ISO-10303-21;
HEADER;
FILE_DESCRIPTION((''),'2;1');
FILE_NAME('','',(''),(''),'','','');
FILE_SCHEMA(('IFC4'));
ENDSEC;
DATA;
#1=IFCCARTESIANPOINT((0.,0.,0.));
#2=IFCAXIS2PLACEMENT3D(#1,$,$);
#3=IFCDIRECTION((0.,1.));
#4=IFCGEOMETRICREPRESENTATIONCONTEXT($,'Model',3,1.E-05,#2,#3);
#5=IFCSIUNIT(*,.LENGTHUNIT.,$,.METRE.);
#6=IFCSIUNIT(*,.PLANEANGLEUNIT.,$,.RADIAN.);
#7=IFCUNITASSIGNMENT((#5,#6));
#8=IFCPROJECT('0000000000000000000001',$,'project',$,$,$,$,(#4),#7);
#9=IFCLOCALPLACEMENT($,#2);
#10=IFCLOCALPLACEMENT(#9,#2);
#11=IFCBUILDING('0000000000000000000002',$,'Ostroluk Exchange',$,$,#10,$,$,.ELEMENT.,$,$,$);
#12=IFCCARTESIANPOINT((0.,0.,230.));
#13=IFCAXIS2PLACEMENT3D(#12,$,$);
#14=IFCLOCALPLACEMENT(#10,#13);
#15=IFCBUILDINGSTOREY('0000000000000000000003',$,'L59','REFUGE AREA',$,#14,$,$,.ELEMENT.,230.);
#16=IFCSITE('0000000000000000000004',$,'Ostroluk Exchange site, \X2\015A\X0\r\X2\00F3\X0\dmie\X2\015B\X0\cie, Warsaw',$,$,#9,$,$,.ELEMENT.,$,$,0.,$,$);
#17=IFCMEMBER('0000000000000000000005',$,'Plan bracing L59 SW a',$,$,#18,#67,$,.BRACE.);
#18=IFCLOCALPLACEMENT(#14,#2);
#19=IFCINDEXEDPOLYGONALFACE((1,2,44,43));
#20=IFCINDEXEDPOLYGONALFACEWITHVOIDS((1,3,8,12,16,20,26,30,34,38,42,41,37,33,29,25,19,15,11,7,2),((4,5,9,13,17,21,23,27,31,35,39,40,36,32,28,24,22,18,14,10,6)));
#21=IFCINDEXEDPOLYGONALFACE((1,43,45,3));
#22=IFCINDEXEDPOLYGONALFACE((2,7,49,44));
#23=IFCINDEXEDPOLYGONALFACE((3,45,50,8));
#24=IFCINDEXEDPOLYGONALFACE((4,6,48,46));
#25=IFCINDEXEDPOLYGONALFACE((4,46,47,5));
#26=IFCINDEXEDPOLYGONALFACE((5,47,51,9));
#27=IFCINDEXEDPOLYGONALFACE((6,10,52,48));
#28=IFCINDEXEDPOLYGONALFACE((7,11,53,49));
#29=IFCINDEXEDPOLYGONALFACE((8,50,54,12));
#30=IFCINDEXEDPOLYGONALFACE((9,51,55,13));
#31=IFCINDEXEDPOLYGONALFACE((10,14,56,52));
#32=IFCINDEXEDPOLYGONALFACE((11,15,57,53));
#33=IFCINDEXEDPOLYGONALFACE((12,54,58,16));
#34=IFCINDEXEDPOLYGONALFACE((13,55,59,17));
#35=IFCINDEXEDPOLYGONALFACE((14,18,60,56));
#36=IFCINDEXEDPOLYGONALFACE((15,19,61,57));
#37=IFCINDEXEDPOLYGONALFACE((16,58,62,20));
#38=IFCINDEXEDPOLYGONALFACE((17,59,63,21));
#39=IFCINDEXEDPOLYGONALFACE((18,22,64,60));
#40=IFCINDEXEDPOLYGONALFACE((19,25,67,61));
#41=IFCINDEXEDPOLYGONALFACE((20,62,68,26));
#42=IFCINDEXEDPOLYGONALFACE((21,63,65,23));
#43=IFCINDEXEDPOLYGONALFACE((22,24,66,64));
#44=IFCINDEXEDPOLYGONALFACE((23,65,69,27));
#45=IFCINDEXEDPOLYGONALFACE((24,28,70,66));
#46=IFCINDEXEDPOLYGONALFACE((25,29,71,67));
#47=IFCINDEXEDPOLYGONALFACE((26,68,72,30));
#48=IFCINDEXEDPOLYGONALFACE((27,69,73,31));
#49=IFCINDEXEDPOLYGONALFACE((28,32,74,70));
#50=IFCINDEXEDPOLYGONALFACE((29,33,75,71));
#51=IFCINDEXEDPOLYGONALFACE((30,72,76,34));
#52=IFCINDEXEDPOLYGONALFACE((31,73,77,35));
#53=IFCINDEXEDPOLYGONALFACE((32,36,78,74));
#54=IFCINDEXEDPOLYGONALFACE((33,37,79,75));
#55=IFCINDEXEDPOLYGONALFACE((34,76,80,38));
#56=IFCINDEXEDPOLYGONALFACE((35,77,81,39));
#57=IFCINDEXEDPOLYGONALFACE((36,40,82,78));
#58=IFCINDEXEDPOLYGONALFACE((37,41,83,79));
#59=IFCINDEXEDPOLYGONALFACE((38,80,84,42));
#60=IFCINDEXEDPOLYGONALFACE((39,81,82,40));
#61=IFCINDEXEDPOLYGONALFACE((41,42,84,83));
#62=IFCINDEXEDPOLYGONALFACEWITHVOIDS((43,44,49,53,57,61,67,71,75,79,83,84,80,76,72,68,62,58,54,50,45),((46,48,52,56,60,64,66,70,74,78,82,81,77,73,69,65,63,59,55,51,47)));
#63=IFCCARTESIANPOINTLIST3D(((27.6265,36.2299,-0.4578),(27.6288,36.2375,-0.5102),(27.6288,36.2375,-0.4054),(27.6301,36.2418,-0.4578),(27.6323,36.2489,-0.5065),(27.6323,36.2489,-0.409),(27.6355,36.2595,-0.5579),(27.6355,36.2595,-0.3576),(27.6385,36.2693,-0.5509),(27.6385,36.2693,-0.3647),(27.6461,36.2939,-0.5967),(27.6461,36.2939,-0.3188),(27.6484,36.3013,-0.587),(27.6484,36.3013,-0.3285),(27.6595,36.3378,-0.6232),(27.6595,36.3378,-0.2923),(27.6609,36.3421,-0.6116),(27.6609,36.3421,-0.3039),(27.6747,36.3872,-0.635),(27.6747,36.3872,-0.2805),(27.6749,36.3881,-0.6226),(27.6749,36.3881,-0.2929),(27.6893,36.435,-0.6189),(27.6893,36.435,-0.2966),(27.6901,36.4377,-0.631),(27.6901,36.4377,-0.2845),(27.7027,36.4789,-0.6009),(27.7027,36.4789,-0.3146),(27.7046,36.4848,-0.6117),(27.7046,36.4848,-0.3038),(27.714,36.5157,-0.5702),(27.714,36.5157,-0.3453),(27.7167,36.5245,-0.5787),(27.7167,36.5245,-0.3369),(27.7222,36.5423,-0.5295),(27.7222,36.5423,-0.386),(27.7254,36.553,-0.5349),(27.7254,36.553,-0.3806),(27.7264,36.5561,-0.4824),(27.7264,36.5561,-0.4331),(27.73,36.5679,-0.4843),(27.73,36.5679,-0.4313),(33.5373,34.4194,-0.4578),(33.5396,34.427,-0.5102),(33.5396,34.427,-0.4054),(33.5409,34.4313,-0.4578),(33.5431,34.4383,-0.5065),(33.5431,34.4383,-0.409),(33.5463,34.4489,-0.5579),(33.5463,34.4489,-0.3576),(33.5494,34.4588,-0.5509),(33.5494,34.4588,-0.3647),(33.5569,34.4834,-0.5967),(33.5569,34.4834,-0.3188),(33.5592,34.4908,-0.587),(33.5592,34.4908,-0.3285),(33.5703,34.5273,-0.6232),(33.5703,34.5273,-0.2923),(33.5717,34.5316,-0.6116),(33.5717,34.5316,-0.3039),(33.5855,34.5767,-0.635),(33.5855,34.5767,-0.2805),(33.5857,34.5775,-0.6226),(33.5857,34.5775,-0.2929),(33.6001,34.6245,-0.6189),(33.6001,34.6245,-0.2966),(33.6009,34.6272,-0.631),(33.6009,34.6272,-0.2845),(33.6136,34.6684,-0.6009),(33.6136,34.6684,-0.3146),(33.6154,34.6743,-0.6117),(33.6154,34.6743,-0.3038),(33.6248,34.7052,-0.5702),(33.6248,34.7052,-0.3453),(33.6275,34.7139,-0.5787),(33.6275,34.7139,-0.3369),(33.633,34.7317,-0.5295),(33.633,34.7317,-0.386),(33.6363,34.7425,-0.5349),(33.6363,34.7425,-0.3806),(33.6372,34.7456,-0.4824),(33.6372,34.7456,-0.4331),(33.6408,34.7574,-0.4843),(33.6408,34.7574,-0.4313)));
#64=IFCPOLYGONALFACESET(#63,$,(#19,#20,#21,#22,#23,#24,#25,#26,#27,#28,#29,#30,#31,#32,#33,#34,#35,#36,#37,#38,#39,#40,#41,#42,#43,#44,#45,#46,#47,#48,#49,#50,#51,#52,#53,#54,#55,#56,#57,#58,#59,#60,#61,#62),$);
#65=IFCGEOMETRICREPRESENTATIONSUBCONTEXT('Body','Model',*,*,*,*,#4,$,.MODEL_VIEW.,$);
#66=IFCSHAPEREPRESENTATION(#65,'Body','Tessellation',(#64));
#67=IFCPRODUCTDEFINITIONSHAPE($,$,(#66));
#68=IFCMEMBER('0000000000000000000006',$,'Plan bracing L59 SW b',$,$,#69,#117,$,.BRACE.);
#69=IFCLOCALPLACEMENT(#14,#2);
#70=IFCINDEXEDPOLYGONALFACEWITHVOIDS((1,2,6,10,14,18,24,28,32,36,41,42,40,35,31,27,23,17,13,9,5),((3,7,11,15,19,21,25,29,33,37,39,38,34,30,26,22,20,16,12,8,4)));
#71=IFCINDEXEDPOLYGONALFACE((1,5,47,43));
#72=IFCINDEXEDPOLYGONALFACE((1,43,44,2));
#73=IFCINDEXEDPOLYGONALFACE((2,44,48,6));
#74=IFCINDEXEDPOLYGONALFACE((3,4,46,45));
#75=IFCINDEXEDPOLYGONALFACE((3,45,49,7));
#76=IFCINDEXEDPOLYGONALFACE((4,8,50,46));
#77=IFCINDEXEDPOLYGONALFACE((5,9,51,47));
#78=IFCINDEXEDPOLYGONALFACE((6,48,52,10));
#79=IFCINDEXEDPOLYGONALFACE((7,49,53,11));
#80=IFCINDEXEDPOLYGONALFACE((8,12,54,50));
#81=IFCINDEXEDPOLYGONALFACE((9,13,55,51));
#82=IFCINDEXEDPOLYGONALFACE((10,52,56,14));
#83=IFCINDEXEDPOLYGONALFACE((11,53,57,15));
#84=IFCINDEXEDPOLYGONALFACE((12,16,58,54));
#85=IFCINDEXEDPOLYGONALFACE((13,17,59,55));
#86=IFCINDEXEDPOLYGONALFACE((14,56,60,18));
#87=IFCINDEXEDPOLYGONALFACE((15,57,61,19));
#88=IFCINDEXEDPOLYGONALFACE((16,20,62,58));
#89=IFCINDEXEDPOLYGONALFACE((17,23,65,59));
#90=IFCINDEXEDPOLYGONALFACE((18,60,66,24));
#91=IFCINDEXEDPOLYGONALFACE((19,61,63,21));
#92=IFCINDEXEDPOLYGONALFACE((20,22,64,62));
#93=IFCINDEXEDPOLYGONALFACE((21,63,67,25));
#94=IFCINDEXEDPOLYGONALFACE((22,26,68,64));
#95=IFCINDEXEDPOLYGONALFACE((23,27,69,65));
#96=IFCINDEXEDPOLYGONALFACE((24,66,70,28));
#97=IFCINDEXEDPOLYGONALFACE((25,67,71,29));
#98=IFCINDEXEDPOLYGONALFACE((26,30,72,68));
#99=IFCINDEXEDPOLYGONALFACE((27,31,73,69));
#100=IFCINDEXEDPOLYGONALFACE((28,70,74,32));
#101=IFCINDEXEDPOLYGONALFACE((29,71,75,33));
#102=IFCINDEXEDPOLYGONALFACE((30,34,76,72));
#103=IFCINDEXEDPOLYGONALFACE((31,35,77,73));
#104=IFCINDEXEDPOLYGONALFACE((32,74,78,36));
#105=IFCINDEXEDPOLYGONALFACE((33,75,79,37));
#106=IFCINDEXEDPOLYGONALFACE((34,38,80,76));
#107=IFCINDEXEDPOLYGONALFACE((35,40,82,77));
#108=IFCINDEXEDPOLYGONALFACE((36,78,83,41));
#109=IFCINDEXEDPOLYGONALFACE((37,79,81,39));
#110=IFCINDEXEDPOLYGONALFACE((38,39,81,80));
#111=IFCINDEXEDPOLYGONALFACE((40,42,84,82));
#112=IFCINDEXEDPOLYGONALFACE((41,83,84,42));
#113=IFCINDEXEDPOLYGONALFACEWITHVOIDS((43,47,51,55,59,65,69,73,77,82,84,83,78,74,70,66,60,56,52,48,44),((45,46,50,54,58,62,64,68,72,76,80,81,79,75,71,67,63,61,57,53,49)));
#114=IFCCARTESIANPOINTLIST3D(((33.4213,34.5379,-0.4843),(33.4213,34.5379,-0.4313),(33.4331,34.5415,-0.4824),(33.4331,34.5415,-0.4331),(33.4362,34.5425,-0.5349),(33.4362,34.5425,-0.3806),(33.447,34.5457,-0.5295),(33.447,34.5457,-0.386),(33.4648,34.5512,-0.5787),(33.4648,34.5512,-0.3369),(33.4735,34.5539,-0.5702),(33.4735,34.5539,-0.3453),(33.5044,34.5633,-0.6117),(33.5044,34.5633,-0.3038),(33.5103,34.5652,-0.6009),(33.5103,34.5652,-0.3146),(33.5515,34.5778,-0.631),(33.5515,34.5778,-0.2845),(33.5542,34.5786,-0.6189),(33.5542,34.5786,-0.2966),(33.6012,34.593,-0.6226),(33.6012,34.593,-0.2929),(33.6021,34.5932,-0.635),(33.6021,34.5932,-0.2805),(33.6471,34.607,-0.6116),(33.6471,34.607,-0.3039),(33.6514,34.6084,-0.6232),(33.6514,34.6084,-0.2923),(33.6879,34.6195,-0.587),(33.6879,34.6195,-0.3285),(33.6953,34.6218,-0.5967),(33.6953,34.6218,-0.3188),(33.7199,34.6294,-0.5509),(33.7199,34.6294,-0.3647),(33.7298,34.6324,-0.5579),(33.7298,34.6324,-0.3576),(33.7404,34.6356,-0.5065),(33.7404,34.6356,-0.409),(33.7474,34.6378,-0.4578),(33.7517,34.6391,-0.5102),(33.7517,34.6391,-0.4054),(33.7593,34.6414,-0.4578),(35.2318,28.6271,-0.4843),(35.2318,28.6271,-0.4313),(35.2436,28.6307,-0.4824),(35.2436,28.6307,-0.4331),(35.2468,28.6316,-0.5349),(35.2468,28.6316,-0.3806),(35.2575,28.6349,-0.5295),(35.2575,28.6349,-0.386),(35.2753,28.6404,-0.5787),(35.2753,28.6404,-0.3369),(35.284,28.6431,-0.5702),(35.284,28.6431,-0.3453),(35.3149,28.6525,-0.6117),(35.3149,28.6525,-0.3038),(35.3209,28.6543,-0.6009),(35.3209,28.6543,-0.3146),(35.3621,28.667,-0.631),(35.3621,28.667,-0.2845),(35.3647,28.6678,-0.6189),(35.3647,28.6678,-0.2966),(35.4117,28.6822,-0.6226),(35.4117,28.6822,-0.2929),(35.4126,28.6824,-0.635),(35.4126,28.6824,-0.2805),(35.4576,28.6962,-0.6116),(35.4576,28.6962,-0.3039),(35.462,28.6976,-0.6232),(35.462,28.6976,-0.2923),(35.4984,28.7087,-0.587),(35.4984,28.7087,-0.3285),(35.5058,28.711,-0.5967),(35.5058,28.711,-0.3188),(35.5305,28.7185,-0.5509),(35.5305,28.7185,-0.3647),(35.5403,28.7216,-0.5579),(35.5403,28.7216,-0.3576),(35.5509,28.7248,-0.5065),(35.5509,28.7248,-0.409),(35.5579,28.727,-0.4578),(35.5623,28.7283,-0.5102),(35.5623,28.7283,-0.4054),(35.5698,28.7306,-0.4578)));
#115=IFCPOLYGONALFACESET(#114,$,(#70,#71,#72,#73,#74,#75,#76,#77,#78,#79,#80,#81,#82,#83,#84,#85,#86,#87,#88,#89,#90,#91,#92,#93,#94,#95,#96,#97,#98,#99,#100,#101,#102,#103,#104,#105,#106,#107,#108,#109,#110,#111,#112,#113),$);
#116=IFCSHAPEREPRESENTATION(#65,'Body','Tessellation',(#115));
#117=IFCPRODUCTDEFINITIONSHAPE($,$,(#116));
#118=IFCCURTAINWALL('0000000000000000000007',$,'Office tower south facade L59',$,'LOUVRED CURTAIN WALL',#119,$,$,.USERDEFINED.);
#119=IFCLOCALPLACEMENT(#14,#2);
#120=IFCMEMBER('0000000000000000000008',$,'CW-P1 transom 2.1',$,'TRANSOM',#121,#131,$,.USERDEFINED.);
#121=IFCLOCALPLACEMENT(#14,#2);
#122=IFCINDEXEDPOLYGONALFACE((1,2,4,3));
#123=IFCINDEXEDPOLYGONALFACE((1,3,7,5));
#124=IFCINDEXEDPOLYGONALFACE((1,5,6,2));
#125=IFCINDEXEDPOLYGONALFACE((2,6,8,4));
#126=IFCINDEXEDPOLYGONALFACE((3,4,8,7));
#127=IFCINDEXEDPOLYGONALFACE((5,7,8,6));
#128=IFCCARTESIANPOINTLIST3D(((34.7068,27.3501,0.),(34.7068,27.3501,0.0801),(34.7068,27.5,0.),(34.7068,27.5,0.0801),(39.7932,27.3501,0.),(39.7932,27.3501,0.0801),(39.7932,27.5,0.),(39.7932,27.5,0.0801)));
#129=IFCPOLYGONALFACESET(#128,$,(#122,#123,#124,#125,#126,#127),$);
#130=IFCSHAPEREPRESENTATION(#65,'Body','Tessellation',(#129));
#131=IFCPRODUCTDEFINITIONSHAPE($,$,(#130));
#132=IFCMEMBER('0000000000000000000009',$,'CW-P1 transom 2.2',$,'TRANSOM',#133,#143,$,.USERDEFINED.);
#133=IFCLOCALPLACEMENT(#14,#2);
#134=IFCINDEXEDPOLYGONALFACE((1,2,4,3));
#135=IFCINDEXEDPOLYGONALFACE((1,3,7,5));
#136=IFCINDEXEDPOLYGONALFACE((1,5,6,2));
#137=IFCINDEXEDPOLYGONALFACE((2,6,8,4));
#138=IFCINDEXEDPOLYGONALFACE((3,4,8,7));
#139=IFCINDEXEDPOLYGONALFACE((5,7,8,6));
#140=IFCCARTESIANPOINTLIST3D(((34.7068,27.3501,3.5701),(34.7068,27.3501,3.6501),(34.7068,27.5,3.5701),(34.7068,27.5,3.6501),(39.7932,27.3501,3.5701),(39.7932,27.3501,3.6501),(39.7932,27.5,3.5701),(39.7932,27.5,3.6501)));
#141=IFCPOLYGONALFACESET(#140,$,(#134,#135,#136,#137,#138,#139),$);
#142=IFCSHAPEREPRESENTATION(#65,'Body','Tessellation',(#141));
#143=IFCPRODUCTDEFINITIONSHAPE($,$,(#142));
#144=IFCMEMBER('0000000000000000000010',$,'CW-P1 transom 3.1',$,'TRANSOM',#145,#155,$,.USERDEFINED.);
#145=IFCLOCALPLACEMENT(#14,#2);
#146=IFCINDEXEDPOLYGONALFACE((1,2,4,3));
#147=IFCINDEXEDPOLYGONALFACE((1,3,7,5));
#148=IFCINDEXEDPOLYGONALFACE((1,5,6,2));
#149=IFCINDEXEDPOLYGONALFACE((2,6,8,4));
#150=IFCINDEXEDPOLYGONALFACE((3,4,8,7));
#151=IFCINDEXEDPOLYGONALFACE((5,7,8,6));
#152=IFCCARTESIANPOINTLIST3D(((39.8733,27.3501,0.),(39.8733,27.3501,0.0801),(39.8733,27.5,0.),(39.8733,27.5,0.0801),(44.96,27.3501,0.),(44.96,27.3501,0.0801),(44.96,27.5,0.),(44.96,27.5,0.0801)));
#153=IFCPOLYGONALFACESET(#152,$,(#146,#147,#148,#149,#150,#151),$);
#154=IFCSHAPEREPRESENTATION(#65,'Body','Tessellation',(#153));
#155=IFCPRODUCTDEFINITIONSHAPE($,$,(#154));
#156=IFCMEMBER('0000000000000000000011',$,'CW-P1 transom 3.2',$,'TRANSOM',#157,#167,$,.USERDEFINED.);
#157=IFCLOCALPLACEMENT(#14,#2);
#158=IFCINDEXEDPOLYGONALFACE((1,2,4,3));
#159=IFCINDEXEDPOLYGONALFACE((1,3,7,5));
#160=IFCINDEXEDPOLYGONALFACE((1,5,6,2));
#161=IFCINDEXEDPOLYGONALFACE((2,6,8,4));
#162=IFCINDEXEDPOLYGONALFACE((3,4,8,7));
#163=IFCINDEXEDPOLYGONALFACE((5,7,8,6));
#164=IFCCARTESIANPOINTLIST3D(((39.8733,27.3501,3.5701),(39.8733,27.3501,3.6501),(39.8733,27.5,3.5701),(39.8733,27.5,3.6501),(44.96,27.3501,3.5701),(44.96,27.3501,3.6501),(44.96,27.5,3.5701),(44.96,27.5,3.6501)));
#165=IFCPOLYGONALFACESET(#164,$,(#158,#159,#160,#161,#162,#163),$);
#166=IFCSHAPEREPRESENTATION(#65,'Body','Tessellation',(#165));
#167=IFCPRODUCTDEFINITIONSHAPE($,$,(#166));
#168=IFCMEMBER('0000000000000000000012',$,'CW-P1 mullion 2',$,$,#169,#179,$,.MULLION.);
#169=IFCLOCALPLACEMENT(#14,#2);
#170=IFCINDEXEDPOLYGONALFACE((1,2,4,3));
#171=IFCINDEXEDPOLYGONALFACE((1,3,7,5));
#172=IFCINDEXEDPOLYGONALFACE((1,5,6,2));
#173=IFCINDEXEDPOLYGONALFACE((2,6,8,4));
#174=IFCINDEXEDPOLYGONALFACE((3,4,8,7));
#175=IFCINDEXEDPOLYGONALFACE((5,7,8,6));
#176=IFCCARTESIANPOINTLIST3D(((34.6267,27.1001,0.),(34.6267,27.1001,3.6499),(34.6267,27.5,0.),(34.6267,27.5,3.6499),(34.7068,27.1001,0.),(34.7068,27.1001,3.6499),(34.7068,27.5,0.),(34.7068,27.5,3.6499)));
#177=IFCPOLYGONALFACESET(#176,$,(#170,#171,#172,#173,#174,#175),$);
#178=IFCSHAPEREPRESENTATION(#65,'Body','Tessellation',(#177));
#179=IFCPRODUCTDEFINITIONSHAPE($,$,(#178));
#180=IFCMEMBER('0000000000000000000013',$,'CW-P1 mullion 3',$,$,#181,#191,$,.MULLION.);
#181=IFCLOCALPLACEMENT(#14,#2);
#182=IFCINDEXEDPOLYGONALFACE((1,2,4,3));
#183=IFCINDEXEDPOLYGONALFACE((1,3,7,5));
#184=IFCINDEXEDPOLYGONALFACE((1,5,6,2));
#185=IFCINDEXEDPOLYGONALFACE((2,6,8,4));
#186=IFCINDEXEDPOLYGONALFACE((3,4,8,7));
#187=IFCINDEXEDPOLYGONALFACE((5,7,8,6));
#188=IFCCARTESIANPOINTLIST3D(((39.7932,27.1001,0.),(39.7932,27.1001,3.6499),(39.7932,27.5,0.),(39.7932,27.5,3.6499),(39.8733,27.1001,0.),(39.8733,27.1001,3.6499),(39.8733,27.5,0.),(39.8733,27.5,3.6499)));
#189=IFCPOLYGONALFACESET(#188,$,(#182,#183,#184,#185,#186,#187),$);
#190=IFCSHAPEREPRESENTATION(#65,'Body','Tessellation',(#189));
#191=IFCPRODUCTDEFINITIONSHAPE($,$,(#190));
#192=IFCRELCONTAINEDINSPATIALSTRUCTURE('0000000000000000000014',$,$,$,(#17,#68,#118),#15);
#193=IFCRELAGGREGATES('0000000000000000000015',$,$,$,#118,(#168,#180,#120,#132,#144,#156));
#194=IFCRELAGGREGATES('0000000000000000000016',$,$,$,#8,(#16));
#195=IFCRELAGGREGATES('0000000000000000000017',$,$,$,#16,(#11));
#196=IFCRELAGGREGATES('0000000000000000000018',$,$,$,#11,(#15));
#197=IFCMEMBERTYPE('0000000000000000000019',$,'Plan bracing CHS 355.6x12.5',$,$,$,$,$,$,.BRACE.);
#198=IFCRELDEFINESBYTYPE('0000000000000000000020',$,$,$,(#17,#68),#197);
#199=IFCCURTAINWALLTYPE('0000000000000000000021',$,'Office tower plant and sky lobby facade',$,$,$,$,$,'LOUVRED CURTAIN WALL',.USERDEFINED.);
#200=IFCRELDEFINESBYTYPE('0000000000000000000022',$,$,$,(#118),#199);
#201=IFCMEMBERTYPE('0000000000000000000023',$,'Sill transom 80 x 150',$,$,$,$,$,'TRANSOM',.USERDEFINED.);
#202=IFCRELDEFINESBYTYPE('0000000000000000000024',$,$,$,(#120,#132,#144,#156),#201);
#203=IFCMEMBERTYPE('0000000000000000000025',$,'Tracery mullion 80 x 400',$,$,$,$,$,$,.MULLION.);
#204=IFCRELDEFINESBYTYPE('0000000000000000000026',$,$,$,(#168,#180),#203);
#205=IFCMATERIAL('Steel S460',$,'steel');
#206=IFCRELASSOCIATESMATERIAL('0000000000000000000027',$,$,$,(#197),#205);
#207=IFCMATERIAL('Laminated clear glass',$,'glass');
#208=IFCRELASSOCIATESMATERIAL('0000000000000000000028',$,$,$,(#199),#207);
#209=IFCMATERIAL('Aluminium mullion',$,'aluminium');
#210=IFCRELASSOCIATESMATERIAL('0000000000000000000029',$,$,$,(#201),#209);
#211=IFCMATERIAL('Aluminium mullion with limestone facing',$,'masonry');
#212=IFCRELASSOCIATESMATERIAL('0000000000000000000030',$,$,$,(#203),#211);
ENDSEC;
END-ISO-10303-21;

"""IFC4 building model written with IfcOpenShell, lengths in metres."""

from ifc_helpers import new_model, si_unit, direction, frame, origin, origin_2d, place, context, subcontext, project, spatial, rectangle, hollow_circle, extrude, material, material_profile, profile_set, type_object, element, aggregate, save


model = new_model("IFC4")

# Units and contexts
model_context = context("Model", 3, precision=1e-05, world=origin(), true_north=direction((0.0, 1.0)))
body_context = subcontext(model_context, "Body", "Model", "MODEL_VIEW")
ifc_project = project(units=[si_unit("LENGTHUNIT", "METRE"), si_unit("PLANEANGLEUNIT", "RADIAN")], contexts=[model_context])

# Site, building, storey
site_placement = place(None, origin())
site = spatial("IfcSite", under=ifc_project, at=site_placement, Name="Ostroluk Exchange site, Śródmieście, Warsaw", CompositionType="ELEMENT", RefElevation=0.0)
building_placement = place(site_placement, origin())
building = spatial("IfcBuilding", under=site, at=building_placement, Name="Ostroluk Exchange", CompositionType="ELEMENT")
storey_placement = place(building_placement, frame((0.0, 0.0, 230.0)))
storey = spatial("IfcBuildingStorey", under=building, at=storey_placement, Name="L59", Description="REFUGE AREA", CompositionType="ELEMENT", Elevation=230.0)

# Members
ifc_material_1 = material(Name="Steel S460", Category="steel")
ifc_material_profile_1 = material_profile(ifc_material_1, hollow_circle(Radius=0.1777, WallThickness=0.0125, at=origin_2d()), Name="CHS 355.6x12.5")
ifc_profile_set_1 = profile_set([ifc_material_profile_1], Name="Steel S460")
member_type_1 = type_object("IfcMemberType", Name="Plan bracing CHS 355.6x12.5", PredefinedType="BRACE", material=ifc_profile_set_1)
for number, where, z_axis, x_axis, name in (
    (1, (33.5894, 34.5894, -0.4578), (-0.956151, 0.292876, 0.0), (-0.292876, -0.956151, 0.0), "Plan bracing L59 SW a"),
    (2, (33.5894, 34.5894, -0.4578), (0.292876, -0.956151, 0.0), (0.956151, 0.292876, 0.0), "Plan bracing L59 SW b"),
):
    element("IfcMember", number, at=place(storey_placement, frame(where, z_axis=z_axis, x_axis=x_axis)), inside=storey, type_object=member_type_1, Name=name, PredefinedType="BRACE", context=body_context, shape_type="SweptSolid", body=[
        extrude(hollow_circle(Radius=0.1777, WallThickness=0.0125, at=origin_2d()), origin(), (0.0, 0.0, 1.0), 6.1819),
    ])

# Curtain wall, members
ifc_material_2 = material(Name="Laminated clear glass", Category="glass")
curtain_wall_type = type_object("IfcCurtainWallType", Name="Office tower plant and sky lobby facade", ElementType="LOUVRED CURTAIN WALL", PredefinedType="USERDEFINED", material=ifc_material_2)
curtain_wall_placement = place(storey_placement, origin())
curtain_wall = element("IfcCurtainWall", 3, at=curtain_wall_placement, inside=storey, type_object=curtain_wall_type, Name="Office tower south facade L59", ObjectType="LOUVRED CURTAIN WALL", PredefinedType="USERDEFINED")
ifc_material_3 = material(Name="Aluminium mullion", Category="aluminium")
ifc_material_profile_2 = material_profile(ifc_material_3, rectangle(XDim=0.1499, YDim=0.0801, at=origin_2d()), Name="Sill transom 80 x 150")
ifc_profile_set_2 = profile_set([ifc_material_profile_2], Name="Aluminium mullion")
member_type_2 = type_object("IfcMemberType", Name="Sill transom 80 x 150", ElementType="TRANSOM", PredefinedType="USERDEFINED", material=ifc_profile_set_2)
member_1_placement = place(storey_placement, frame((34.7068, 27.425, 0.04), z_axis=(1.0, 0.0, 0.0), x_axis=(0.0, 1.0, 0.0)))
member_1 = element("IfcMember", 4, at=member_1_placement, type_object=member_type_2, Name="CW-P1 transom 2.1", ObjectType="TRANSOM", PredefinedType="USERDEFINED", context=body_context, shape_type="SweptSolid", body=[
    extrude(rectangle(XDim=0.1499, YDim=0.0801, at=origin_2d()), origin(), (0.0, 0.0, 1.0), 5.0864),
])
member_2_placement = place(storey_placement, frame((34.7068, 27.425, 3.6101), z_axis=(1.0, 0.0, 0.0), x_axis=(0.0, 1.0, 0.0)))
member_2 = element("IfcMember", 5, at=member_2_placement, type_object=member_type_2, Name="CW-P1 transom 2.2", ObjectType="TRANSOM", PredefinedType="USERDEFINED", context=body_context, shape_type="SweptSolid", body=[
    extrude(rectangle(XDim=0.1499, YDim=0.0801, at=origin_2d()), origin(), (0.0, 0.0, 1.0), 5.0864),
])
member_3_placement = place(storey_placement, frame((39.8733, 27.425, 0.04), z_axis=(1.0, 0.0, 0.0), x_axis=(0.0, 1.0, 0.0)))
member_3 = element("IfcMember", 6, at=member_3_placement, type_object=member_type_2, Name="CW-P1 transom 3.1", ObjectType="TRANSOM", PredefinedType="USERDEFINED", context=body_context, shape_type="SweptSolid", body=[
    extrude(rectangle(XDim=0.1499, YDim=0.0801, at=origin_2d()), origin(), (0.0, 0.0, 1.0), 5.0867),
])
member_4_placement = place(storey_placement, frame((39.8733, 27.425, 3.6101), z_axis=(1.0, 0.0, 0.0), x_axis=(0.0, 1.0, 0.0)))
member_4 = element("IfcMember", 7, at=member_4_placement, type_object=member_type_2, Name="CW-P1 transom 3.2", ObjectType="TRANSOM", PredefinedType="USERDEFINED", context=body_context, shape_type="SweptSolid", body=[
    extrude(rectangle(XDim=0.1499, YDim=0.0801, at=origin_2d()), origin(), (0.0, 0.0, 1.0), 5.0867),
])
ifc_material_4 = material(Name="Aluminium mullion with limestone facing", Category="masonry")
ifc_material_profile_3 = material_profile(ifc_material_4, rectangle(XDim=0.3999, YDim=0.0801, at=origin_2d()), Name="Tracery mullion 80 x 400")
ifc_profile_set_3 = profile_set([ifc_material_profile_3], Name="Aluminium mullion with limestone facing")
member_type_3 = type_object("IfcMemberType", Name="Tracery mullion 80 x 400", PredefinedType="MULLION", material=ifc_profile_set_3)
member_5_placement = place(storey_placement, frame((34.6667, 27.3, 0.0), z_axis=(0.0, 0.0, 1.0), x_axis=(0.0, 1.0, 0.0)))
member_5 = element("IfcMember", 8, at=member_5_placement, type_object=member_type_3, Name="CW-P1 mullion 2", PredefinedType="MULLION", context=body_context, shape_type="SweptSolid", body=[
    extrude(rectangle(XDim=0.3999, YDim=0.0801, at=origin_2d()), origin(), (0.0, 0.0, 1.0), 3.6499),
])
member_6_placement = place(storey_placement, frame((39.8333, 27.3, 0.0), z_axis=(0.0, 0.0, 1.0), x_axis=(0.0, 1.0, 0.0)))
member_6 = element("IfcMember", 9, at=member_6_placement, type_object=member_type_3, Name="CW-P1 mullion 3", PredefinedType="MULLION", context=body_context, shape_type="SweptSolid", body=[
    extrude(rectangle(XDim=0.3999, YDim=0.0801, at=origin_2d()), origin(), (0.0, 0.0, 1.0), 3.6499),
])
aggregate(curtain_wall, [member_5, member_6, member_1, member_2, member_3, member_4])

save(model, "model.ifc")
